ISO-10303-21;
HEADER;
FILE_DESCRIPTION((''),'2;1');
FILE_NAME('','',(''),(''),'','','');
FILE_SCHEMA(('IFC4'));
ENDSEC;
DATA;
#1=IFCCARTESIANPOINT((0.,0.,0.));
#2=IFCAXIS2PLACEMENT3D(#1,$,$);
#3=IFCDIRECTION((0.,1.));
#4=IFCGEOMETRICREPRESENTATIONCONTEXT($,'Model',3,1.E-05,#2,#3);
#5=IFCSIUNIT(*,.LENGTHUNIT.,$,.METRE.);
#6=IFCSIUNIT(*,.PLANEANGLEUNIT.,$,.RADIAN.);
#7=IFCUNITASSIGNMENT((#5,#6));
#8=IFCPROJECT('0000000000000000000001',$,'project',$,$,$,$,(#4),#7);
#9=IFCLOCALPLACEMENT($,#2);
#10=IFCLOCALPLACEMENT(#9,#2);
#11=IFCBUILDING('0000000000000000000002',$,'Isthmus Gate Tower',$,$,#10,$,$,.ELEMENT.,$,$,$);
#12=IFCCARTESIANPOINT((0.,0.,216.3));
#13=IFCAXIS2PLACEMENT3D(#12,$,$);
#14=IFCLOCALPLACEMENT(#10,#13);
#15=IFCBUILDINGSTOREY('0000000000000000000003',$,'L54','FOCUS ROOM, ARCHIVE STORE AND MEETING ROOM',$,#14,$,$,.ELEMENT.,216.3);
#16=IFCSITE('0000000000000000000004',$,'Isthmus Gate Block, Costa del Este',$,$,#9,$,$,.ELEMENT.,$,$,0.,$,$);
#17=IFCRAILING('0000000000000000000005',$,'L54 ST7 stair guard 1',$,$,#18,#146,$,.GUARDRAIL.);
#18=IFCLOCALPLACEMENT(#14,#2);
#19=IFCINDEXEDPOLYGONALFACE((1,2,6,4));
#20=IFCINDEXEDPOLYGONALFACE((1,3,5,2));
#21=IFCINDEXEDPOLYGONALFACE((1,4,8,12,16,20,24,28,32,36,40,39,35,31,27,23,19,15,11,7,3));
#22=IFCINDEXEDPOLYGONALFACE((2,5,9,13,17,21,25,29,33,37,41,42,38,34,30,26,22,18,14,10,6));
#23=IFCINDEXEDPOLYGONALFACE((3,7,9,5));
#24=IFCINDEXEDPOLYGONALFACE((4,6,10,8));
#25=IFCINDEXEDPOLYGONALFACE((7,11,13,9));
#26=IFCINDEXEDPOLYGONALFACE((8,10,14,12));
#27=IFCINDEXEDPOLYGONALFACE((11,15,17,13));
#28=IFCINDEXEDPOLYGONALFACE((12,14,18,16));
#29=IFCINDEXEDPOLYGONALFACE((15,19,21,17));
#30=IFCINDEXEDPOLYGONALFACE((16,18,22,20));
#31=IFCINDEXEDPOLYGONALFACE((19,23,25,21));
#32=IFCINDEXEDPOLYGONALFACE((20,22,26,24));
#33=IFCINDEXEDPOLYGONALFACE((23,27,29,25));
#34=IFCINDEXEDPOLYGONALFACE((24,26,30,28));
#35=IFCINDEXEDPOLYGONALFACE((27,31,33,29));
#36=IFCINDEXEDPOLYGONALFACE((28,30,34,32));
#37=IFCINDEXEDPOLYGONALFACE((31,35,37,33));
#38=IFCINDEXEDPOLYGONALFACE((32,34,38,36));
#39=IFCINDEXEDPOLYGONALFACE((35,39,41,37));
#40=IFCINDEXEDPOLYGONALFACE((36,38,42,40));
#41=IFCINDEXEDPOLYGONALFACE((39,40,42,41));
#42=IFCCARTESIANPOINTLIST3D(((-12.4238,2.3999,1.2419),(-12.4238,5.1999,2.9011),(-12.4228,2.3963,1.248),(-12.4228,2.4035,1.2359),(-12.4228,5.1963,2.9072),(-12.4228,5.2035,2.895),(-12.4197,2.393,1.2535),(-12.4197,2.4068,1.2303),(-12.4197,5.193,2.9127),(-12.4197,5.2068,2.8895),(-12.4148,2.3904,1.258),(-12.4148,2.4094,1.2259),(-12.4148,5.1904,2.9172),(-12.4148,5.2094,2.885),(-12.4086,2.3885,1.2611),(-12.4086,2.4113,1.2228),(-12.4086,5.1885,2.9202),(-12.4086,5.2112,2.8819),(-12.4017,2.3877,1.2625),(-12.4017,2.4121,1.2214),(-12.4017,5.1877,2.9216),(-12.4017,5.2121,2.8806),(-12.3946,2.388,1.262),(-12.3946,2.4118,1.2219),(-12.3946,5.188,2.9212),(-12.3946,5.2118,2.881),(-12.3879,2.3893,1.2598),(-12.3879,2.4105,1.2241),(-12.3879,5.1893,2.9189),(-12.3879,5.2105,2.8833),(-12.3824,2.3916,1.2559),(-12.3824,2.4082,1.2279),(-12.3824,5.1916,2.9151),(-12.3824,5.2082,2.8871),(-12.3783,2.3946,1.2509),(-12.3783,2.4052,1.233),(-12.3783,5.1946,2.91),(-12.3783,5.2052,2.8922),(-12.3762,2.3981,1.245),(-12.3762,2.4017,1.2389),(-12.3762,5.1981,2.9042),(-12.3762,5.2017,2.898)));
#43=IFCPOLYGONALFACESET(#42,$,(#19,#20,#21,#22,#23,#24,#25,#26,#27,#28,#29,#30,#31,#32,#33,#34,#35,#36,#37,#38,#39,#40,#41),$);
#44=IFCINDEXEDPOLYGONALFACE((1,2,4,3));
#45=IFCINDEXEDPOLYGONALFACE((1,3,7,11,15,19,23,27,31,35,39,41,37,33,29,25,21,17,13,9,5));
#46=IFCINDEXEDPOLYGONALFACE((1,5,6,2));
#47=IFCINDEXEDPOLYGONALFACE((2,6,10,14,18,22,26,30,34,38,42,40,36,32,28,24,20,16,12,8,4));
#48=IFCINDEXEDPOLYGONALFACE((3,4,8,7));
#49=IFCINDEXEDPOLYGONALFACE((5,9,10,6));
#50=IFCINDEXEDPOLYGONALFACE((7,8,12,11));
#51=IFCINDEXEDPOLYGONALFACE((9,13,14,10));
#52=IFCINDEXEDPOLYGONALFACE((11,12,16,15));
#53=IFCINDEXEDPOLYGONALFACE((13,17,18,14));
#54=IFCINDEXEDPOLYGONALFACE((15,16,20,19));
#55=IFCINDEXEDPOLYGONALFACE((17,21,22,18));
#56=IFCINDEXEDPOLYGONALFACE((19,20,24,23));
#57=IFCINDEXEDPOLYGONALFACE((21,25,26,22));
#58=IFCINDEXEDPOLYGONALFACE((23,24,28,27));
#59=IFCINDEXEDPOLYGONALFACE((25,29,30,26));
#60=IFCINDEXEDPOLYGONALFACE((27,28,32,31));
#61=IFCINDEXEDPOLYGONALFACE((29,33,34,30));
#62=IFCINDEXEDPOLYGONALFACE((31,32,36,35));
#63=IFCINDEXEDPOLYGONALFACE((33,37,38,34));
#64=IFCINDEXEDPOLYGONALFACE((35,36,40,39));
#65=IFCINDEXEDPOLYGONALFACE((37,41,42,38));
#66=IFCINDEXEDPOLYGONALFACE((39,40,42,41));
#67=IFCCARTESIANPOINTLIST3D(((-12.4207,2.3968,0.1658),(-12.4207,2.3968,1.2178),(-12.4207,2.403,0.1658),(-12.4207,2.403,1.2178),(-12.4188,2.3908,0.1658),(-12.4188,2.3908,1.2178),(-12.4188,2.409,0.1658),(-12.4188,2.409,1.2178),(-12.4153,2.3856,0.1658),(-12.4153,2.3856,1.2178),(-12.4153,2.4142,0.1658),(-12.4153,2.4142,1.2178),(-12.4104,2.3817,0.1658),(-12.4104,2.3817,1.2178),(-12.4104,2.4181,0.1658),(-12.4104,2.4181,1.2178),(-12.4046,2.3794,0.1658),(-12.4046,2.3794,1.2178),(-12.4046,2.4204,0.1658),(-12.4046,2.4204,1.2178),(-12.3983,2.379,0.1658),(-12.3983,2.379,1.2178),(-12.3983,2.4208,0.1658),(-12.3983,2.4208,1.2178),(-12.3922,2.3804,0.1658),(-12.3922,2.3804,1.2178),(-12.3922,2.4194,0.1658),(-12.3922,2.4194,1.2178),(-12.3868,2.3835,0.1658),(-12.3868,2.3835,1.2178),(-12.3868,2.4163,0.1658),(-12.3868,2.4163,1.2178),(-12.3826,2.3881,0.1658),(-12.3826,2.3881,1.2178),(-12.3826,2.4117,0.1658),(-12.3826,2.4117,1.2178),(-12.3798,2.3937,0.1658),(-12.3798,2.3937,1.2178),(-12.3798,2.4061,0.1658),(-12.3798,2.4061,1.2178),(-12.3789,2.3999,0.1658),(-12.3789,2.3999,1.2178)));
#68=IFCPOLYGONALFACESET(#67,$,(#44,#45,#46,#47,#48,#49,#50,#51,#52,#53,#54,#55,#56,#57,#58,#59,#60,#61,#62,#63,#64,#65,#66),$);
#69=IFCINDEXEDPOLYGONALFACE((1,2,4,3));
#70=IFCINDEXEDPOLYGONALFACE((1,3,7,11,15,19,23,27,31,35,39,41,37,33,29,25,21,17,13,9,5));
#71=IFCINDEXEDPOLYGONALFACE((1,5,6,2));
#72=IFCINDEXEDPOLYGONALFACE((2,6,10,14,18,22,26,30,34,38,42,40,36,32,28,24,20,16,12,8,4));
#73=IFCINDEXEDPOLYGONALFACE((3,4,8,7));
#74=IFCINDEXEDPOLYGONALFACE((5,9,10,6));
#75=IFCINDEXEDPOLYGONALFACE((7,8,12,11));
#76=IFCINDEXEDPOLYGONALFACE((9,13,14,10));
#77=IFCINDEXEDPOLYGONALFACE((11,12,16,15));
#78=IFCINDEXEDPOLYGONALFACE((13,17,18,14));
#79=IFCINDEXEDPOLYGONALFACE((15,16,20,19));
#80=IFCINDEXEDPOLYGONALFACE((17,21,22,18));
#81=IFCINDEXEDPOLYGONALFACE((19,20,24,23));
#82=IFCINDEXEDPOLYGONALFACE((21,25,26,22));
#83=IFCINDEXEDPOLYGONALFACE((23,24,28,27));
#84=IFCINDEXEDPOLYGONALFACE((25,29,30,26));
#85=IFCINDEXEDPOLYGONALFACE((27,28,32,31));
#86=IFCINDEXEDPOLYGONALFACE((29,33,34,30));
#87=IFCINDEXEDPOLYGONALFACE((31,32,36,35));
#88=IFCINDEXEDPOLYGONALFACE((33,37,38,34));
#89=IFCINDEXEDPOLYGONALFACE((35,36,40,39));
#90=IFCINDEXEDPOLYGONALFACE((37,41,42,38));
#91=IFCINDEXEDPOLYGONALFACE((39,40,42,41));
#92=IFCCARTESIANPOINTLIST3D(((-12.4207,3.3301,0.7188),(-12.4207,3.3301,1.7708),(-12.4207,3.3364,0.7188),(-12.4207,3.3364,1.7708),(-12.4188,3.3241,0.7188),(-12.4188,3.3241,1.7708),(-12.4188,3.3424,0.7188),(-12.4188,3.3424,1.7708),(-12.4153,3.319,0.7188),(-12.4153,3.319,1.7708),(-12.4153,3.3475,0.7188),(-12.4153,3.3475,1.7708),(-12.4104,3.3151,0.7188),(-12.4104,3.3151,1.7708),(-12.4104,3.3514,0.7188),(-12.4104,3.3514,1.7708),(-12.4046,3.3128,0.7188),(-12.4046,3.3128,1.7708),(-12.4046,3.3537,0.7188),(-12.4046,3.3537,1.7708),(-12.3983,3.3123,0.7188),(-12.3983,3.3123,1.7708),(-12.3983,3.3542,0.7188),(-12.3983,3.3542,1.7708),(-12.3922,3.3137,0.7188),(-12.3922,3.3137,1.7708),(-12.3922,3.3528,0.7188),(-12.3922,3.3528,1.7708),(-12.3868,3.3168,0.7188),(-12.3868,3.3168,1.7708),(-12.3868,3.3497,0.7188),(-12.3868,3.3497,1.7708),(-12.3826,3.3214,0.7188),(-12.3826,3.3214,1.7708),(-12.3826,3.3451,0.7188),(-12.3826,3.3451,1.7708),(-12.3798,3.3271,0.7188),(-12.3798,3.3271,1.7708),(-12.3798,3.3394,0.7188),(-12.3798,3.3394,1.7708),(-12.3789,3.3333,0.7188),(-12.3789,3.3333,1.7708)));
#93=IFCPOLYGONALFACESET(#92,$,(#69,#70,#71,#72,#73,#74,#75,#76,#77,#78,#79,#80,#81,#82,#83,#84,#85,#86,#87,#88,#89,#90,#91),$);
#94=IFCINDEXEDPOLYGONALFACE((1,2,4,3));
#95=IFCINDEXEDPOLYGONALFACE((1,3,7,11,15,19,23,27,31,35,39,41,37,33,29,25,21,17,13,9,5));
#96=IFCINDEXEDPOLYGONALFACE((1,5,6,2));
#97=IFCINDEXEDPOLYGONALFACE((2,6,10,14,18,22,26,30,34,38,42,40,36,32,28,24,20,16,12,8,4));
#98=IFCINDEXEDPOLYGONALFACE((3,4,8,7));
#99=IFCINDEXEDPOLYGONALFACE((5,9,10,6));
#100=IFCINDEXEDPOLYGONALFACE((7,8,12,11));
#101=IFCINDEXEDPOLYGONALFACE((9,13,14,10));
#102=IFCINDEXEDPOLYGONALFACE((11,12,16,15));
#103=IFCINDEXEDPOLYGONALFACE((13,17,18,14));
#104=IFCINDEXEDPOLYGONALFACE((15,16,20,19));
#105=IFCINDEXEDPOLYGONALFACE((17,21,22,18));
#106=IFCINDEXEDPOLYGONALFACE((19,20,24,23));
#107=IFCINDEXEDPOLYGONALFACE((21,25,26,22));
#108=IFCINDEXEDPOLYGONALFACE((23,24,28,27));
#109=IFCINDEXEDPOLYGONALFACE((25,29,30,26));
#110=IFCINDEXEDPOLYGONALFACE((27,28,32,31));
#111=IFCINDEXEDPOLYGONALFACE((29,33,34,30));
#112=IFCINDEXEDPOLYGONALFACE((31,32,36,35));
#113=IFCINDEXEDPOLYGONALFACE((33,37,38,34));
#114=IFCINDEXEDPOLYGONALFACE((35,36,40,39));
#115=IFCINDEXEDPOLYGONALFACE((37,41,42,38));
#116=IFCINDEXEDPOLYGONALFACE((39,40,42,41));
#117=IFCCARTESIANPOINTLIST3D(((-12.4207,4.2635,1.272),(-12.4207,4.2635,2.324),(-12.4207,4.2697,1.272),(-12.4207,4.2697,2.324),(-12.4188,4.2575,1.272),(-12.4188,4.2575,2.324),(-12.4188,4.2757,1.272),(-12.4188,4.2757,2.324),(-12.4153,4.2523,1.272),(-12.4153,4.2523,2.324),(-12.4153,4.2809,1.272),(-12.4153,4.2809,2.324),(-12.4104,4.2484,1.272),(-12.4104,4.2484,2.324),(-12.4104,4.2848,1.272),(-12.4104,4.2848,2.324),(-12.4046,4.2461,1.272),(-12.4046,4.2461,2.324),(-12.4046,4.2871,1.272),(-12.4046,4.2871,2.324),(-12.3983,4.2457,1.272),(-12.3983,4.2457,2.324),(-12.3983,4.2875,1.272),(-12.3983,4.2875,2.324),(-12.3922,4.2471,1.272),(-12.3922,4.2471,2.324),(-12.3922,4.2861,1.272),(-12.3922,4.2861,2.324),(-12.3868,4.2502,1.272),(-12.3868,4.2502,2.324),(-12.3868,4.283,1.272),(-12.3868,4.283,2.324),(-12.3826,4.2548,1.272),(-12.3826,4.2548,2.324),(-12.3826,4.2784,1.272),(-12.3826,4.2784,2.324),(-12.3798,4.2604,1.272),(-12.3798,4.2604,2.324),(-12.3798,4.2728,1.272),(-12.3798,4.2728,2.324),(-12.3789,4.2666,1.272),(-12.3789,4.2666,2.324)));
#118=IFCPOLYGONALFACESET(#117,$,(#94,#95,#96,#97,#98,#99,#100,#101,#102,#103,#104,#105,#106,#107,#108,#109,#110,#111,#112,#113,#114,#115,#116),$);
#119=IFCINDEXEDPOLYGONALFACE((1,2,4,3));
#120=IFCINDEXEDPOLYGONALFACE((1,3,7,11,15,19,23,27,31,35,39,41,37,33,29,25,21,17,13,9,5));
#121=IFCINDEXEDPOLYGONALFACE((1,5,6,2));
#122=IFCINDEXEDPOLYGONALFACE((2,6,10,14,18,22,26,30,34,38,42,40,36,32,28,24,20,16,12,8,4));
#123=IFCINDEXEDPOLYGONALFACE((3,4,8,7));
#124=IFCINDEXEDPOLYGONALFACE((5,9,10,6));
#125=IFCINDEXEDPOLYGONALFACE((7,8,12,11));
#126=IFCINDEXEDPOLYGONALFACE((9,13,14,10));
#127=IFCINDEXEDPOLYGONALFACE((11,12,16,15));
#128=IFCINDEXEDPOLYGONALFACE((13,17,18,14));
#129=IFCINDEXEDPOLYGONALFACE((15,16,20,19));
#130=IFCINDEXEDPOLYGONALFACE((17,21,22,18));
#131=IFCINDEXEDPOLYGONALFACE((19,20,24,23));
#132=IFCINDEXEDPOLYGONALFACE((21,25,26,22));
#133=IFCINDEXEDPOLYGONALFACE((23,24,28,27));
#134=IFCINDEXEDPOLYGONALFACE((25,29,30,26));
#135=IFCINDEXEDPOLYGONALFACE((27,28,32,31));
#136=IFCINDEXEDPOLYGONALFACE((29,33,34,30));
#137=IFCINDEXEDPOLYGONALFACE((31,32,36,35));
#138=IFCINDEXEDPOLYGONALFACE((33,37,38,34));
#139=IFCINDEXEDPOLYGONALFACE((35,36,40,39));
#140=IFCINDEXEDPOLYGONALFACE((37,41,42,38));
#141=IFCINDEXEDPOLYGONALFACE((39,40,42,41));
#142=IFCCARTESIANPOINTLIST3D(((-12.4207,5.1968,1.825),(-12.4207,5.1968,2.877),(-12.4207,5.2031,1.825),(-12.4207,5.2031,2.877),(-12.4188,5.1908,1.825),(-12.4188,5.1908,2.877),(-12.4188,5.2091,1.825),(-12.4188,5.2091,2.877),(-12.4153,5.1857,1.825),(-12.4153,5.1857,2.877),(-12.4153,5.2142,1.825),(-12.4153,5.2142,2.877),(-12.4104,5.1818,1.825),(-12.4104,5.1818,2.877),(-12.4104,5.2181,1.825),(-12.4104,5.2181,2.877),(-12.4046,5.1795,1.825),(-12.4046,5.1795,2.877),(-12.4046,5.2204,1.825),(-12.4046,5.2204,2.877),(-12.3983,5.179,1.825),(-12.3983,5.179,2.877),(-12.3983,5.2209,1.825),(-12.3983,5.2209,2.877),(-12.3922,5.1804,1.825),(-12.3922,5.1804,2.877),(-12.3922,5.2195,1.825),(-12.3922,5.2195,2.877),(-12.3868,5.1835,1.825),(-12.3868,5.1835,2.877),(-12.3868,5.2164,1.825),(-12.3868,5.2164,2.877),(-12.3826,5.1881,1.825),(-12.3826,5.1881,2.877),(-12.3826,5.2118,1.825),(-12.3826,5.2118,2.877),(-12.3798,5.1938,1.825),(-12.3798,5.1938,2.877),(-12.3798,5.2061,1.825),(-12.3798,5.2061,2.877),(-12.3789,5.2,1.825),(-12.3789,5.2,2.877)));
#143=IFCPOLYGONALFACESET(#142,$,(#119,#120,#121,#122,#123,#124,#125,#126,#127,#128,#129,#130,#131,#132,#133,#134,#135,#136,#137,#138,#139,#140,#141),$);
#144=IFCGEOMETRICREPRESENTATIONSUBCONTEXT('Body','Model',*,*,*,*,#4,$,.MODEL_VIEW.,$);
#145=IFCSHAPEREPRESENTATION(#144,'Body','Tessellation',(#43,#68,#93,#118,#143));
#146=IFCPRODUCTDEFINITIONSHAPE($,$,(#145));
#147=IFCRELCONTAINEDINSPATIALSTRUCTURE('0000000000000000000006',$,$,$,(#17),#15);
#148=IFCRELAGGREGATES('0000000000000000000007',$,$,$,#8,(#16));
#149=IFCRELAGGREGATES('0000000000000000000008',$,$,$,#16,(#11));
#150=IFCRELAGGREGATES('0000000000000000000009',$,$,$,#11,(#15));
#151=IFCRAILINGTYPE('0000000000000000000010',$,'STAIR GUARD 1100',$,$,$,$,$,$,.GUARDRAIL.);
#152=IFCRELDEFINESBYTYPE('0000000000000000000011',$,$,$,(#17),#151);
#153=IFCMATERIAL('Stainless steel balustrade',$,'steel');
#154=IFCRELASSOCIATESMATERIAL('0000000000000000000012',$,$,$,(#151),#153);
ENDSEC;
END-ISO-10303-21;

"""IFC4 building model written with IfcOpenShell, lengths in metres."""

from ifc_helpers import new_model, si_unit, direction, frame, origin, origin_2d, place, context, subcontext, project, spatial, circle, extrude, material, type_object, element, save


model = new_model("IFC4")

# Units and contexts
model_context = context("Model", 3, precision=1e-05, world=origin(), true_north=direction((0.0, 1.0)))
body_context = subcontext(model_context, "Body", "Model", "MODEL_VIEW")
ifc_project = project(units=[si_unit("LENGTHUNIT", "METRE"), si_unit("PLANEANGLEUNIT", "RADIAN")], contexts=[model_context])

# Site, building, storey
site_placement = place(None, origin())
site = spatial("IfcSite", under=ifc_project, at=site_placement, Name="Isthmus Gate Block, Costa del Este", CompositionType="ELEMENT", RefElevation=0.0)
building_placement = place(site_placement, origin())
building = spatial("IfcBuilding", under=site, at=building_placement, Name="Isthmus Gate Tower", CompositionType="ELEMENT")
storey_placement = place(building_placement, frame((0.0, 0.0, 216.3)))
storey = spatial("IfcBuildingStorey", under=building, at=storey_placement, Name="L54", Description="FOCUS ROOM, ARCHIVE STORE AND MEETING ROOM", CompositionType="ELEMENT", Elevation=216.3)

# Railing
ifc_material_1 = material(Name="Stainless steel balustrade", Category="steel")
railing_type_1 = type_object("IfcRailingType", Name="STAIR GUARD 1100", PredefinedType="GUARDRAIL", material=ifc_material_1)
railing_1_placement = place(storey_placement, frame((-12.3999, 2.3999, 0.1658)))
element("IfcRailing", 1, at=railing_1_placement, inside=storey, type_object=railing_type_1, Name="L54 ST7 stair guard 1", PredefinedType="GUARDRAIL", context=body_context, shape_type="SweptSolid", body=[
    extrude(circle(Radius=0.0239, at=origin_2d()), frame((0.0, 0.0, 1.0762), z_axis=(0.0, 0.860306, 0.509778), x_axis=(-1.0, 0.0, 0.0)), (0.0, 0.0, 1.0), 3.2546),
    extrude(circle(Radius=0.021, at=origin_2d()), origin(), (0.0, 0.0, 1.0), 1.052),
    extrude(circle(Radius=0.021, at=origin_2d()), frame((0.0, 0.9333, 0.553)), (0.0, 0.0, 1.0), 1.052),
    extrude(circle(Radius=0.021, at=origin_2d()), frame((0.0, 1.8667, 1.1062)), (0.0, 0.0, 1.0), 1.052),
    extrude(circle(Radius=0.021, at=origin_2d()), frame((0.0, 2.8, 1.6592)), (0.0, 0.0, 1.0), 1.052),
])

save(model, "model.ifc")
